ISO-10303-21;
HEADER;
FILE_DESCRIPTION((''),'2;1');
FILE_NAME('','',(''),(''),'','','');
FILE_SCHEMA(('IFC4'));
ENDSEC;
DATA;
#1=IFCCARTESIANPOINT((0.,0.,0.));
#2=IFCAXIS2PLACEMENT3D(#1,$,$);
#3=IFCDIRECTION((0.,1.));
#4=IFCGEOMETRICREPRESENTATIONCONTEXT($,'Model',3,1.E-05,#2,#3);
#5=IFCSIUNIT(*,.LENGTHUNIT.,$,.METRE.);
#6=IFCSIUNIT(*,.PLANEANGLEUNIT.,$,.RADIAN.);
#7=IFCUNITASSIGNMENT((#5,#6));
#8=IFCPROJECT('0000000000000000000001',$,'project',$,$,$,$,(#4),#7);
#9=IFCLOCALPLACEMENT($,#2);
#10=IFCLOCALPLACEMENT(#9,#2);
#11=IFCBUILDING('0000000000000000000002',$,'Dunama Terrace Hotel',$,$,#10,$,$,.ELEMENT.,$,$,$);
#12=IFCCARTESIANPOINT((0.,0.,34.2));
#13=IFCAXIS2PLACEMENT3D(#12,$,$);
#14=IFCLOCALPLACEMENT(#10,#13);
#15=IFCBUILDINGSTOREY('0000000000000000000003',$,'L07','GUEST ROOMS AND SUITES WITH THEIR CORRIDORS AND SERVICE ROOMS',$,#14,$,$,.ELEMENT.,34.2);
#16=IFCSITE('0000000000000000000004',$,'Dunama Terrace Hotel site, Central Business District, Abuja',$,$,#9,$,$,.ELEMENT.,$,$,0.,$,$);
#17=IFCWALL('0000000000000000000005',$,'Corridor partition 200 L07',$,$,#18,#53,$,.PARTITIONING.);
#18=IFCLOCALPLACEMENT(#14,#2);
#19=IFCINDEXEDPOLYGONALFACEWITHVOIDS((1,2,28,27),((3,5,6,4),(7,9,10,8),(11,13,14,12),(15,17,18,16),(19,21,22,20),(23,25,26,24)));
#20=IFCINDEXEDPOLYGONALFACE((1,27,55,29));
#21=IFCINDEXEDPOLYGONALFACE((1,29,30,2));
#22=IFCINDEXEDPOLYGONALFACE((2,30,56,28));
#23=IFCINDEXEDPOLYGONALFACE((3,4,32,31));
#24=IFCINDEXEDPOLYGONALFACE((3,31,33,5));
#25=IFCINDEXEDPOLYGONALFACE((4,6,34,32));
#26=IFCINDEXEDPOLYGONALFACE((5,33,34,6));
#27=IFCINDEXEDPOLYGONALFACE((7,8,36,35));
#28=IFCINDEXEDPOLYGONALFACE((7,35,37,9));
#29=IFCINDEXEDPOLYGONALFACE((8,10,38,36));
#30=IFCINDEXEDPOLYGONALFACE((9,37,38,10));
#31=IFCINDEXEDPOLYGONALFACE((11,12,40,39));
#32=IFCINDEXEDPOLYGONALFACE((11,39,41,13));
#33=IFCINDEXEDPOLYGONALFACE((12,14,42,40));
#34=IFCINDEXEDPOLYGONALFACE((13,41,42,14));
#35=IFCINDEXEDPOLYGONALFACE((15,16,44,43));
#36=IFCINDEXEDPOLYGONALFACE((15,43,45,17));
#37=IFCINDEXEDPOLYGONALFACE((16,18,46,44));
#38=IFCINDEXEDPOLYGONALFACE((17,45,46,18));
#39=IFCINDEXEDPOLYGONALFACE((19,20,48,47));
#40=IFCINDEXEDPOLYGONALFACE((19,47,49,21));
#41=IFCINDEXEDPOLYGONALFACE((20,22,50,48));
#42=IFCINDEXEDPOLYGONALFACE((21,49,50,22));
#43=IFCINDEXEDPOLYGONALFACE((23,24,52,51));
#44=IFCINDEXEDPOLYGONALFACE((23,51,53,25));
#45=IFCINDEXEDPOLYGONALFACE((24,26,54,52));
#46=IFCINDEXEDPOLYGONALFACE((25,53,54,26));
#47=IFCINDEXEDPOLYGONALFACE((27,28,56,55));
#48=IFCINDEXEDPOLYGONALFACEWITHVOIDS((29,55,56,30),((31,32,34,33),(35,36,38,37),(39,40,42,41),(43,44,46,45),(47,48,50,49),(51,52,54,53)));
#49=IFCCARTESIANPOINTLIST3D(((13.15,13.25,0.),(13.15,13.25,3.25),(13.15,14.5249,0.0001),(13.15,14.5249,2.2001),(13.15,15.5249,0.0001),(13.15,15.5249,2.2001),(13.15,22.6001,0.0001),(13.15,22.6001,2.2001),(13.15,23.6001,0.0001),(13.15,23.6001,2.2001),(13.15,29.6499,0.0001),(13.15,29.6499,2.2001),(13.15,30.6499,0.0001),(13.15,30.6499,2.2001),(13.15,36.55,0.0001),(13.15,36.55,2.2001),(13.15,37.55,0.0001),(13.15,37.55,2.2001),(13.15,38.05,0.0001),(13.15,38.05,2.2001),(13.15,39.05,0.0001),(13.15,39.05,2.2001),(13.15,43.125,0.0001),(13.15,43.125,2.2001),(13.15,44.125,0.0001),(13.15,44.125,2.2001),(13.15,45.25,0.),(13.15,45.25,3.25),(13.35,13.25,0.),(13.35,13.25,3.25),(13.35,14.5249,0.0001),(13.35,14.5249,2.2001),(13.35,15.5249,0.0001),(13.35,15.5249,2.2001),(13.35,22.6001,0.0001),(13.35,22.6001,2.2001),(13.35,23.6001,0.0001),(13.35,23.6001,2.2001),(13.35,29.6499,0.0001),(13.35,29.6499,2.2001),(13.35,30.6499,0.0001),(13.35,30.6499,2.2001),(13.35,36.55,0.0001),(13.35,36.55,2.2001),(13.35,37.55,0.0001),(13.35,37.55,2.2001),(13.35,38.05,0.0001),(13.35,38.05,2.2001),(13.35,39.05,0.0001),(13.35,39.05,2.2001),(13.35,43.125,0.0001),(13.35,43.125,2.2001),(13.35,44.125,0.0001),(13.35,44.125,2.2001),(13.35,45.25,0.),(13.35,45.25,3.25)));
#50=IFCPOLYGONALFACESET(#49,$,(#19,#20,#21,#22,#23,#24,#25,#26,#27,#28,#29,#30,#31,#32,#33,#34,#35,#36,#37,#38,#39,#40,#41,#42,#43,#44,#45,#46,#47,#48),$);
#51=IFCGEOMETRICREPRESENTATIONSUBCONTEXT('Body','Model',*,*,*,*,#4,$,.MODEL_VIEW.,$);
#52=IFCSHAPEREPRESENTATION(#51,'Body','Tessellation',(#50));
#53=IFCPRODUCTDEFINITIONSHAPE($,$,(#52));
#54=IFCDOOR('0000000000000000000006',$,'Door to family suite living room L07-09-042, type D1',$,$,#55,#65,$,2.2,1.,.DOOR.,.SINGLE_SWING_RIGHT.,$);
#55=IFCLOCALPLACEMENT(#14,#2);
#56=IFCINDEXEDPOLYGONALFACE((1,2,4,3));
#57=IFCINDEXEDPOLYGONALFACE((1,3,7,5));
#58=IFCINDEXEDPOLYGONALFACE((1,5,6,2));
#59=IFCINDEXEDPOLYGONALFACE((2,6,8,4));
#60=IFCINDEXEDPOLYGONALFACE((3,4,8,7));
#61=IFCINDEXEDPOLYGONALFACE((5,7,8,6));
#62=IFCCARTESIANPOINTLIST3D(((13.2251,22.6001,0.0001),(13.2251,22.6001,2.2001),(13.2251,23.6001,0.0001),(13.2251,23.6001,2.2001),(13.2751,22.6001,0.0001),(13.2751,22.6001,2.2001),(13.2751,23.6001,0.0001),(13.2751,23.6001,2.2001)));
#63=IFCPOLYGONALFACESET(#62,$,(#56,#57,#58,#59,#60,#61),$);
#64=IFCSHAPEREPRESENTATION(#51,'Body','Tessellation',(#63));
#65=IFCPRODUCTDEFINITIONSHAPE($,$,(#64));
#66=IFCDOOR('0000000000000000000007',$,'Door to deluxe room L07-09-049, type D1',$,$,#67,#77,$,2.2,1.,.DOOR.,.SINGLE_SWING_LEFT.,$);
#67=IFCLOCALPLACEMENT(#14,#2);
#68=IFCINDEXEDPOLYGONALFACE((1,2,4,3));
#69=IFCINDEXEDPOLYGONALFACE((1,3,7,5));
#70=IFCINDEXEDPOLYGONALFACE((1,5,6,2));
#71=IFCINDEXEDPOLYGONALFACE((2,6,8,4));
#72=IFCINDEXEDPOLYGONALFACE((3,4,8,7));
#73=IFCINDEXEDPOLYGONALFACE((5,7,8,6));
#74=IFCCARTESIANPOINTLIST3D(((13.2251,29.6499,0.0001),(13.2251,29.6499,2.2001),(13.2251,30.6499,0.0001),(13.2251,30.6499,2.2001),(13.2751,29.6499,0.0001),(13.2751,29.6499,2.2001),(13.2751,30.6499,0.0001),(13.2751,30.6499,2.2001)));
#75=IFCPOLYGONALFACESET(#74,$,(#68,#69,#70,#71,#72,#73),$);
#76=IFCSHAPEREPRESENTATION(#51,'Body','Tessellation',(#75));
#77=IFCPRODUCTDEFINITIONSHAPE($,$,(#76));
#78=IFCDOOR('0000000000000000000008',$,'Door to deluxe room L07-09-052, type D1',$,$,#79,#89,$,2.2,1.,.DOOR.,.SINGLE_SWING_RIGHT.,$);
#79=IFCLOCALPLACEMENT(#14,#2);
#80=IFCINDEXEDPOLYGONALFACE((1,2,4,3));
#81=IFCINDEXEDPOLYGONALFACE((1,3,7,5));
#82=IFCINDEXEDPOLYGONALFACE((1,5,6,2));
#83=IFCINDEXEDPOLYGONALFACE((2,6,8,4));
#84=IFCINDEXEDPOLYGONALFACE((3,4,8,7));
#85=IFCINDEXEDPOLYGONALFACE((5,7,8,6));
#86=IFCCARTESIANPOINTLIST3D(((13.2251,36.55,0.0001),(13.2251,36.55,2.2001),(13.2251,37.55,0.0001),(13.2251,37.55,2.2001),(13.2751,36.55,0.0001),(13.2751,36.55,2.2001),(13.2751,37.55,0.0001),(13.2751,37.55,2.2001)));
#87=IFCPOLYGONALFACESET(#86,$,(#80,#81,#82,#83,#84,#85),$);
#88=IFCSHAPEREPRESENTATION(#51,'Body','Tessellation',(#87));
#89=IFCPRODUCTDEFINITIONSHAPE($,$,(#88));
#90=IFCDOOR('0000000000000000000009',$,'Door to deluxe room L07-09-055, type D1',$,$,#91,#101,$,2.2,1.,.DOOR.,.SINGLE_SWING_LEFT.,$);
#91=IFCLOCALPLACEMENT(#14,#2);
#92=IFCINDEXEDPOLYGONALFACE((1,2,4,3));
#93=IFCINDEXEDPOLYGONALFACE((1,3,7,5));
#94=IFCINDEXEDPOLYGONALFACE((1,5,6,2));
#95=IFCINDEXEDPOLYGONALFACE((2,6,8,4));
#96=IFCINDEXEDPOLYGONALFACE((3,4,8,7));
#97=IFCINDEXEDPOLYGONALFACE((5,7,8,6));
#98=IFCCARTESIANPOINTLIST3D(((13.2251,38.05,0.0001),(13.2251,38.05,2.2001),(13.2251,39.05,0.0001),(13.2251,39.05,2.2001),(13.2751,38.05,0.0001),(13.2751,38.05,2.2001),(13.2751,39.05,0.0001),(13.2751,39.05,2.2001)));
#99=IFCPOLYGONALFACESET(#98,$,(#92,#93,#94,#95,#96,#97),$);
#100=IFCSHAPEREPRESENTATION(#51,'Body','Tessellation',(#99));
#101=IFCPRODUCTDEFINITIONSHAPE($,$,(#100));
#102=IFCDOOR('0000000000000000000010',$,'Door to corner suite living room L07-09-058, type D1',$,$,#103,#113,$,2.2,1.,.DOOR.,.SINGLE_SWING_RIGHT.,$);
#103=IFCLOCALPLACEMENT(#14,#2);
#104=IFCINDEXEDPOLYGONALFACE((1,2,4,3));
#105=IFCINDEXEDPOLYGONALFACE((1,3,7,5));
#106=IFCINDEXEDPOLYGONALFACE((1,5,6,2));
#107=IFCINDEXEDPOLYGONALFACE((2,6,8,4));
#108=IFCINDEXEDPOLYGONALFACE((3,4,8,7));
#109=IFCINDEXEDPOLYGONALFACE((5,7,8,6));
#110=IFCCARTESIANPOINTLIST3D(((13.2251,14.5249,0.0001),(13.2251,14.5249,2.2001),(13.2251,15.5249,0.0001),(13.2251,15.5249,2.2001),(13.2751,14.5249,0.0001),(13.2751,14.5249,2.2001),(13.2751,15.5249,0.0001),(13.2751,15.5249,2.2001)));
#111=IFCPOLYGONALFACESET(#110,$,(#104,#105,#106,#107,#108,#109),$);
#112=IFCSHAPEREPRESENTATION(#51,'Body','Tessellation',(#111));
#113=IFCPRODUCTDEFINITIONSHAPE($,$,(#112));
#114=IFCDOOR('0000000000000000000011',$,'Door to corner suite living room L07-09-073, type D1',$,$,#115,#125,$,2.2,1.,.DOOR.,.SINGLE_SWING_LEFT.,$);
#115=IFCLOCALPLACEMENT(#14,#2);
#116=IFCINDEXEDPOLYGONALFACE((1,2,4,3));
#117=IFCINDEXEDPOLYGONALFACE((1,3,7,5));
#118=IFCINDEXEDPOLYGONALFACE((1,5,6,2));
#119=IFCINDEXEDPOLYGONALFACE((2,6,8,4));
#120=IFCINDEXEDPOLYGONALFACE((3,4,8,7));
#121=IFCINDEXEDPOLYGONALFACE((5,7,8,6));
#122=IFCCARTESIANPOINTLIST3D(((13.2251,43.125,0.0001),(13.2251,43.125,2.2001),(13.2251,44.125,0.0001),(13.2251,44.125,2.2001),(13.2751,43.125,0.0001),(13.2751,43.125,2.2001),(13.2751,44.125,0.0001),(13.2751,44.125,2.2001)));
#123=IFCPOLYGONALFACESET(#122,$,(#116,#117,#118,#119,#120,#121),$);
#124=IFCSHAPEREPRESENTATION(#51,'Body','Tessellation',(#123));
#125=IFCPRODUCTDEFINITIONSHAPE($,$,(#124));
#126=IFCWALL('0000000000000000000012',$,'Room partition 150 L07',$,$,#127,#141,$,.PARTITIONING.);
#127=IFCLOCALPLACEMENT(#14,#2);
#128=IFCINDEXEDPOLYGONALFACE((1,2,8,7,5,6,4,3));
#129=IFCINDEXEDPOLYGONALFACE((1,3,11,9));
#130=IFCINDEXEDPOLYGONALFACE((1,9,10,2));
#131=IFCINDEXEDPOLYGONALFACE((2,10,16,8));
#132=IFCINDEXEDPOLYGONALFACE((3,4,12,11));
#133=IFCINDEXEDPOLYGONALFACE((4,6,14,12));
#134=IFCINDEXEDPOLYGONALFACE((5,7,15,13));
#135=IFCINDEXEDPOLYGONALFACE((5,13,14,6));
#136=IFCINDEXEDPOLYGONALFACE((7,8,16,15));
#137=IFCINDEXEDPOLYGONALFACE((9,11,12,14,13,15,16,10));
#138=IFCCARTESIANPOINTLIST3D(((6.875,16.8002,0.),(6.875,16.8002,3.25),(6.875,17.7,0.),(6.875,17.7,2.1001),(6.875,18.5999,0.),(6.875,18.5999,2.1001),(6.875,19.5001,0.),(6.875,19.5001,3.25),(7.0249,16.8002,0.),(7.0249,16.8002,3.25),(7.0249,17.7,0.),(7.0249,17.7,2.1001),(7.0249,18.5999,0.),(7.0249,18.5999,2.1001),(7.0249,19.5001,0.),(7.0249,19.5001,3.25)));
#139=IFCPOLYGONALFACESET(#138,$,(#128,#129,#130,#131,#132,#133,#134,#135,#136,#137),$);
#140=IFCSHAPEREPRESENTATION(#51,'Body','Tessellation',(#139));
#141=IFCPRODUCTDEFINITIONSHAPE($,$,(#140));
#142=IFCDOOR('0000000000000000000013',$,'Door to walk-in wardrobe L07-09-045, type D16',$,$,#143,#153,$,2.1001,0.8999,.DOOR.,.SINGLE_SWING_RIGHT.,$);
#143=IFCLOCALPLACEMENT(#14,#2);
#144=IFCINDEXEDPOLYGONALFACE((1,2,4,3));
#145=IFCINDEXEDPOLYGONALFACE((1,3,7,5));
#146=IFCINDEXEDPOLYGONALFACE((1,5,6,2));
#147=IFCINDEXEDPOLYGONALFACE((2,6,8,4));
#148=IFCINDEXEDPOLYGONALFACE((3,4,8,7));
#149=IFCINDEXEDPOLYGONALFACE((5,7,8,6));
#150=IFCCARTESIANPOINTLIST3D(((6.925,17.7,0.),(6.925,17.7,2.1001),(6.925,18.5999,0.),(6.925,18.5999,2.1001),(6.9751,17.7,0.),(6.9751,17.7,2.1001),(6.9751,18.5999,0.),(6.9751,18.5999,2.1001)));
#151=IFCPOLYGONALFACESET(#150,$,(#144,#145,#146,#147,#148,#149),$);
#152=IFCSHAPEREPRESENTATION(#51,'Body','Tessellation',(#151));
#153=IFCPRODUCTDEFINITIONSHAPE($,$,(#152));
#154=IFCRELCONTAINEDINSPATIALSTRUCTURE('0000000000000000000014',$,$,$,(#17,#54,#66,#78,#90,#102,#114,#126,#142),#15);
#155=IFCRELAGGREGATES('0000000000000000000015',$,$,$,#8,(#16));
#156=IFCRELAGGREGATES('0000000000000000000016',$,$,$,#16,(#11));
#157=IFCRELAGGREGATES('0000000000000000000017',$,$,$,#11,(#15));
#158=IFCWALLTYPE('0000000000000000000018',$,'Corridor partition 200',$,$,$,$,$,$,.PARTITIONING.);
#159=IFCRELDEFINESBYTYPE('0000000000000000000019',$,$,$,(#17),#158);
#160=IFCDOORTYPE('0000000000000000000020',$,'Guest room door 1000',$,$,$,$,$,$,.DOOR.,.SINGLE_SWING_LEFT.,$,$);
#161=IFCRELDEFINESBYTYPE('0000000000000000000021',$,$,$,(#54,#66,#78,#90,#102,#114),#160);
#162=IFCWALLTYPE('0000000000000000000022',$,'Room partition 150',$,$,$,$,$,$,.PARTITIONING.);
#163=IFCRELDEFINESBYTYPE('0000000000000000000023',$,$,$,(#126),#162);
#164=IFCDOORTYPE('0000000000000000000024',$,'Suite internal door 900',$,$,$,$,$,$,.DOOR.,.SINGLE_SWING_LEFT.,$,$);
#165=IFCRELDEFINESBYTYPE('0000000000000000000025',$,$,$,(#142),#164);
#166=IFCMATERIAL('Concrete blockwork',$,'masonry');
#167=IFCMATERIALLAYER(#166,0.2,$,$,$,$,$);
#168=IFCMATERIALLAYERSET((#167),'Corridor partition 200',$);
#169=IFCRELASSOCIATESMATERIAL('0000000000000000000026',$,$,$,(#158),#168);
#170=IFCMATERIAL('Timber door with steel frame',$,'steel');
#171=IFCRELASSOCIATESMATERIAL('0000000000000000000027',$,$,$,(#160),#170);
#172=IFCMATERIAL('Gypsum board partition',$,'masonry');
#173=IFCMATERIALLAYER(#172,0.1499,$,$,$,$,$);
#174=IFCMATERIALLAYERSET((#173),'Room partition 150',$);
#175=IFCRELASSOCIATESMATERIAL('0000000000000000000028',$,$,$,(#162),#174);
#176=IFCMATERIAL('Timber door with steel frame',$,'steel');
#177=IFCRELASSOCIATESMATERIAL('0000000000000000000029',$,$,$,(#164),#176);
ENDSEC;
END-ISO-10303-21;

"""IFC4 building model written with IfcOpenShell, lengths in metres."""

from ifc_helpers import new_model, si_unit, direction, frame, frame_2d, origin, place, context, subcontext, project, spatial, rectangle, extrude, material, layer, layer_set, type_object, element, fill, save


model = new_model("IFC4")

# Units and contexts
model_context = context("Model", 3, precision=1e-05, world=origin(), true_north=direction((0.0, 1.0)))
body_context = subcontext(model_context, "Body", "Model", "MODEL_VIEW")
ifc_project = project(units=[si_unit("LENGTHUNIT", "METRE"), si_unit("PLANEANGLEUNIT", "RADIAN")], contexts=[model_context])

# Site, building, storey
site_placement = place(None, origin())
site = spatial("IfcSite", under=ifc_project, at=site_placement, Name="Dunama Terrace Hotel site, Central Business District, Abuja", CompositionType="ELEMENT", RefElevation=0.0)
building_placement = place(site_placement, origin())
building = spatial("IfcBuilding", under=site, at=building_placement, Name="Dunama Terrace Hotel", CompositionType="ELEMENT")
storey_placement = place(building_placement, frame((0.0, 0.0, 34.2)))
storey = spatial("IfcBuildingStorey", under=building, at=storey_placement, Name="L07", Description="GUEST ROOMS AND SUITES WITH THEIR CORRIDORS AND SERVICE ROOMS", CompositionType="ELEMENT", Elevation=34.2)

# Wall, openings, doors
ifc_material_1 = material(Name="Concrete blockwork", Category="masonry")
ifc_layer_1 = layer(ifc_material_1, 0.2)
ifc_layer_set_1 = layer_set([ifc_layer_1], Name="Corridor partition 200")
wall_type_1 = type_object("IfcWallType", Name="Corridor partition 200", PredefinedType="PARTITIONING", material=ifc_layer_set_1)
wall_1_placement = place(storey_placement, frame((13.25, 13.25, 0.0), z_axis=(0.0, 0.0, 1.0), x_axis=(0.0, 1.0, 0.0)))
wall_1 = element("IfcWall", 1, at=wall_1_placement, inside=storey, type_object=wall_type_1, Name="Corridor partition 200 L07", PredefinedType="PARTITIONING", context=body_context, shape_type="SweptSolid", body=[
    extrude(rectangle(XDim=32.0, YDim=0.2, at=frame_2d((16.0, 0.0))), origin(), (0.0, 0.0, 1.0), 3.25),
])
opening_1_placement = place(wall_1_placement, frame((9.3501, 0.0, 0.0)))
opening_1 = element("IfcOpeningElement", 2, at=opening_1_placement, cuts=wall_1, PredefinedType="OPENING", context=body_context, shape_type="SweptSolid", body=[
    extrude(rectangle(XDim=1.0, YDim=2.2, at=frame_2d((0.5, 1.1001))), frame((0.0, 0.1099, 0.0), z_axis=(0.0, -1.0, 0.0), x_axis=(1.0, 0.0, 0.0)), (0.0, 0.0, 1.0), 0.22),
])
opening_2_placement = place(wall_1_placement, frame((16.3999, 0.0, 0.0)))
opening_2 = element("IfcOpeningElement", 3, at=opening_2_placement, cuts=wall_1, PredefinedType="OPENING", context=body_context, shape_type="SweptSolid", body=[
    extrude(rectangle(XDim=1.0, YDim=2.2, at=frame_2d((0.5, 1.1001))), frame((0.0, 0.1099, 0.0), z_axis=(0.0, -1.0, 0.0), x_axis=(1.0, 0.0, 0.0)), (0.0, 0.0, 1.0), 0.22),
])
opening_3_placement = place(wall_1_placement, frame((23.3, 0.0, 0.0)))
opening_3 = element("IfcOpeningElement", 4, at=opening_3_placement, cuts=wall_1, PredefinedType="OPENING", context=body_context, shape_type="SweptSolid", body=[
    extrude(rectangle(XDim=1.0, YDim=2.2, at=frame_2d((0.5, 1.1001))), frame((0.0, 0.1099, 0.0), z_axis=(0.0, -1.0, 0.0), x_axis=(1.0, 0.0, 0.0)), (0.0, 0.0, 1.0), 0.22),
])
opening_4_placement = place(wall_1_placement, frame((24.8, 0.0, 0.0)))
opening_4 = element("IfcOpeningElement", 5, at=opening_4_placement, cuts=wall_1, PredefinedType="OPENING", context=body_context, shape_type="SweptSolid", body=[
    extrude(rectangle(XDim=1.0, YDim=2.2, at=frame_2d((0.5, 1.1001))), frame((0.0, 0.1099, 0.0), z_axis=(0.0, -1.0, 0.0), x_axis=(1.0, 0.0, 0.0)), (0.0, 0.0, 1.0), 0.22),
])
opening_5_placement = place(wall_1_placement, frame((1.2749, 0.0, 0.0)))
opening_5 = element("IfcOpeningElement", 6, at=opening_5_placement, cuts=wall_1, PredefinedType="OPENING", context=body_context, shape_type="SweptSolid", body=[
    extrude(rectangle(XDim=1.0, YDim=2.2, at=frame_2d((0.5, 1.1001))), frame((0.0, 0.1099, 0.0), z_axis=(0.0, -1.0, 0.0), x_axis=(1.0, 0.0, 0.0)), (0.0, 0.0, 1.0), 0.22),
])
opening_6_placement = place(wall_1_placement, frame((29.875, 0.0, 0.0)))
opening_6 = element("IfcOpeningElement", 7, at=opening_6_placement, cuts=wall_1, PredefinedType="OPENING", context=body_context, shape_type="SweptSolid", body=[
    extrude(rectangle(XDim=1.0, YDim=2.2, at=frame_2d((0.5, 1.1001))), frame((0.0, 0.1099, 0.0), z_axis=(0.0, -1.0, 0.0), x_axis=(1.0, 0.0, 0.0)), (0.0, 0.0, 1.0), 0.22),
])
ifc_material_2 = material(Name="Timber door with steel frame", Category="steel")
door_type_1 = type_object("IfcDoorType", Name="Guest room door 1000", OperationType="SINGLE_SWING_LEFT", PredefinedType="DOOR", material=ifc_material_2)
door_1_placement = place(opening_1_placement, origin())
door_1 = element("IfcDoor", 8, at=door_1_placement, inside=storey, type_object=door_type_1, Name="Door to family suite living room L07-09-042, type D1", OperationType="SINGLE_SWING_RIGHT", OverallHeight=2.2, OverallWidth=1.0, PredefinedType="DOOR", context=body_context, shape_type="SweptSolid", body=[
    extrude(rectangle(XDim=1.0, YDim=2.2, at=frame_2d((0.5, 1.1001))), frame((0.0, 0.0249, 0.0), z_axis=(0.0, -1.0, 0.0), x_axis=(1.0, 0.0, 0.0)), (0.0, 0.0, 1.0), 0.05),
])
fill(opening_1, door_1)
door_2_placement = place(opening_2_placement, origin())
door_2 = element("IfcDoor", 9, at=door_2_placement, inside=storey, type_object=door_type_1, Name="Door to deluxe room L07-09-049, type D1", OperationType="SINGLE_SWING_LEFT", OverallHeight=2.2, OverallWidth=1.0, PredefinedType="DOOR", context=body_context, shape_type="SweptSolid", body=[
    extrude(rectangle(XDim=1.0, YDim=2.2, at=frame_2d((0.5, 1.1001))), frame((0.0, 0.0249, 0.0), z_axis=(0.0, -1.0, 0.0), x_axis=(1.0, 0.0, 0.0)), (0.0, 0.0, 1.0), 0.05),
])
fill(opening_2, door_2)
door_3_placement = place(opening_3_placement, origin())
door_3 = element("IfcDoor", 10, at=door_3_placement, inside=storey, type_object=door_type_1, Name="Door to deluxe room L07-09-052, type D1", OperationType="SINGLE_SWING_RIGHT", OverallHeight=2.2, OverallWidth=1.0, PredefinedType="DOOR", context=body_context, shape_type="SweptSolid", body=[
    extrude(rectangle(XDim=1.0, YDim=2.2, at=frame_2d((0.5, 1.1001))), frame((0.0, 0.0249, 0.0), z_axis=(0.0, -1.0, 0.0), x_axis=(1.0, 0.0, 0.0)), (0.0, 0.0, 1.0), 0.05),
])
fill(opening_3, door_3)
door_4_placement = place(opening_4_placement, origin())
door_4 = element("IfcDoor", 11, at=door_4_placement, inside=storey, type_object=door_type_1, Name="Door to deluxe room L07-09-055, type D1", OperationType="SINGLE_SWING_LEFT", OverallHeight=2.2, OverallWidth=1.0, PredefinedType="DOOR", context=body_context, shape_type="SweptSolid", body=[
    extrude(rectangle(XDim=1.0, YDim=2.2, at=frame_2d((0.5, 1.1001))), frame((0.0, 0.0249, 0.0), z_axis=(0.0, -1.0, 0.0), x_axis=(1.0, 0.0, 0.0)), (0.0, 0.0, 1.0), 0.05),
])
fill(opening_4, door_4)
door_5_placement = place(opening_5_placement, origin())
door_5 = element("IfcDoor", 12, at=door_5_placement, inside=storey, type_object=door_type_1, Name="Door to corner suite living room L07-09-058, type D1", OperationType="SINGLE_SWING_RIGHT", OverallHeight=2.2, OverallWidth=1.0, PredefinedType="DOOR", context=body_context, shape_type="SweptSolid", body=[
    extrude(rectangle(XDim=1.0, YDim=2.2, at=frame_2d((0.5, 1.1001))), frame((0.0, 0.0249, 0.0), z_axis=(0.0, -1.0, 0.0), x_axis=(1.0, 0.0, 0.0)), (0.0, 0.0, 1.0), 0.05),
])
fill(opening_5, door_5)
door_6_placement = place(opening_6_placement, origin())
door_6 = element("IfcDoor", 13, at=door_6_placement, inside=storey, type_object=door_type_1, Name="Door to corner suite living room L07-09-073, type D1", OperationType="SINGLE_SWING_LEFT", OverallHeight=2.2, OverallWidth=1.0, PredefinedType="DOOR", context=body_context, shape_type="SweptSolid", body=[
    extrude(rectangle(XDim=1.0, YDim=2.2, at=frame_2d((0.5, 1.1001))), frame((0.0, 0.0249, 0.0), z_axis=(0.0, -1.0, 0.0), x_axis=(1.0, 0.0, 0.0)), (0.0, 0.0, 1.0), 0.05),
])
fill(opening_6, door_6)

# Wall, opening, door
ifc_material_3 = material(Name="Gypsum board partition", Category="masonry")
ifc_layer_2 = layer(ifc_material_3, 0.1499)
ifc_layer_set_2 = layer_set([ifc_layer_2], Name="Room partition 150")
wall_type_2 = type_object("IfcWallType", Name="Room partition 150", PredefinedType="PARTITIONING", material=ifc_layer_set_2)
wall_2_placement = place(storey_placement, frame((6.95, 16.8, 0.0), z_axis=(0.0, 0.0, 1.0), x_axis=(0.0, 1.0, 0.0)))
wall_2 = element("IfcWall", 14, at=wall_2_placement, inside=storey, type_object=wall_type_2, Name="Room partition 150 L07", PredefinedType="PARTITIONING", context=body_context, shape_type="SweptSolid", body=[
    extrude(rectangle(XDim=2.7, YDim=0.1499, at=frame_2d((1.3501, 0.0))), origin(), (0.0, 0.0, 1.0), 3.25),
])
opening_7_placement = place(wall_2_placement, frame((0.8999, 0.0, 0.0)))
opening_7 = element("IfcOpeningElement", 15, at=opening_7_placement, cuts=wall_2, PredefinedType="OPENING", context=body_context, shape_type="SweptSolid", body=[
    extrude(rectangle(XDim=0.8999, YDim=2.1001, at=frame_2d((0.45, 1.05))), frame((0.0, 0.085, 0.0), z_axis=(0.0, -1.0, 0.0), x_axis=(1.0, 0.0, 0.0)), (0.0, 0.0, 1.0), 0.1699),
])
ifc_material_4 = material(Name="Timber door with steel frame", Category="steel")
door_type_2 = type_object("IfcDoorType", Name="Suite internal door 900", OperationType="SINGLE_SWING_LEFT", PredefinedType="DOOR", material=ifc_material_4)
door_7_placement = place(opening_7_placement, frame((0.8999, 0.0, 0.0), z_axis=(0.0, 0.0, 1.0), x_axis=(-1.0, 0.0, 0.0)))
door_7 = element("IfcDoor", 16, at=door_7_placement, inside=storey, type_object=door_type_2, Name="Door to walk-in wardrobe L07-09-045, type D16", OperationType="SINGLE_SWING_RIGHT", OverallHeight=2.1001, OverallWidth=0.8999, PredefinedType="DOOR", context=body_context, shape_type="SweptSolid", body=[
    extrude(rectangle(XDim=0.8999, YDim=2.1001, at=frame_2d((0.45, 1.05))), frame((0.0, 0.0251, 0.0), z_axis=(0.0, -1.0, 0.0), x_axis=(1.0, 0.0, 0.0)), (0.0, 0.0, 1.0), 0.05),
])
fill(opening_7, door_7)

save(model, "model.ifc")
